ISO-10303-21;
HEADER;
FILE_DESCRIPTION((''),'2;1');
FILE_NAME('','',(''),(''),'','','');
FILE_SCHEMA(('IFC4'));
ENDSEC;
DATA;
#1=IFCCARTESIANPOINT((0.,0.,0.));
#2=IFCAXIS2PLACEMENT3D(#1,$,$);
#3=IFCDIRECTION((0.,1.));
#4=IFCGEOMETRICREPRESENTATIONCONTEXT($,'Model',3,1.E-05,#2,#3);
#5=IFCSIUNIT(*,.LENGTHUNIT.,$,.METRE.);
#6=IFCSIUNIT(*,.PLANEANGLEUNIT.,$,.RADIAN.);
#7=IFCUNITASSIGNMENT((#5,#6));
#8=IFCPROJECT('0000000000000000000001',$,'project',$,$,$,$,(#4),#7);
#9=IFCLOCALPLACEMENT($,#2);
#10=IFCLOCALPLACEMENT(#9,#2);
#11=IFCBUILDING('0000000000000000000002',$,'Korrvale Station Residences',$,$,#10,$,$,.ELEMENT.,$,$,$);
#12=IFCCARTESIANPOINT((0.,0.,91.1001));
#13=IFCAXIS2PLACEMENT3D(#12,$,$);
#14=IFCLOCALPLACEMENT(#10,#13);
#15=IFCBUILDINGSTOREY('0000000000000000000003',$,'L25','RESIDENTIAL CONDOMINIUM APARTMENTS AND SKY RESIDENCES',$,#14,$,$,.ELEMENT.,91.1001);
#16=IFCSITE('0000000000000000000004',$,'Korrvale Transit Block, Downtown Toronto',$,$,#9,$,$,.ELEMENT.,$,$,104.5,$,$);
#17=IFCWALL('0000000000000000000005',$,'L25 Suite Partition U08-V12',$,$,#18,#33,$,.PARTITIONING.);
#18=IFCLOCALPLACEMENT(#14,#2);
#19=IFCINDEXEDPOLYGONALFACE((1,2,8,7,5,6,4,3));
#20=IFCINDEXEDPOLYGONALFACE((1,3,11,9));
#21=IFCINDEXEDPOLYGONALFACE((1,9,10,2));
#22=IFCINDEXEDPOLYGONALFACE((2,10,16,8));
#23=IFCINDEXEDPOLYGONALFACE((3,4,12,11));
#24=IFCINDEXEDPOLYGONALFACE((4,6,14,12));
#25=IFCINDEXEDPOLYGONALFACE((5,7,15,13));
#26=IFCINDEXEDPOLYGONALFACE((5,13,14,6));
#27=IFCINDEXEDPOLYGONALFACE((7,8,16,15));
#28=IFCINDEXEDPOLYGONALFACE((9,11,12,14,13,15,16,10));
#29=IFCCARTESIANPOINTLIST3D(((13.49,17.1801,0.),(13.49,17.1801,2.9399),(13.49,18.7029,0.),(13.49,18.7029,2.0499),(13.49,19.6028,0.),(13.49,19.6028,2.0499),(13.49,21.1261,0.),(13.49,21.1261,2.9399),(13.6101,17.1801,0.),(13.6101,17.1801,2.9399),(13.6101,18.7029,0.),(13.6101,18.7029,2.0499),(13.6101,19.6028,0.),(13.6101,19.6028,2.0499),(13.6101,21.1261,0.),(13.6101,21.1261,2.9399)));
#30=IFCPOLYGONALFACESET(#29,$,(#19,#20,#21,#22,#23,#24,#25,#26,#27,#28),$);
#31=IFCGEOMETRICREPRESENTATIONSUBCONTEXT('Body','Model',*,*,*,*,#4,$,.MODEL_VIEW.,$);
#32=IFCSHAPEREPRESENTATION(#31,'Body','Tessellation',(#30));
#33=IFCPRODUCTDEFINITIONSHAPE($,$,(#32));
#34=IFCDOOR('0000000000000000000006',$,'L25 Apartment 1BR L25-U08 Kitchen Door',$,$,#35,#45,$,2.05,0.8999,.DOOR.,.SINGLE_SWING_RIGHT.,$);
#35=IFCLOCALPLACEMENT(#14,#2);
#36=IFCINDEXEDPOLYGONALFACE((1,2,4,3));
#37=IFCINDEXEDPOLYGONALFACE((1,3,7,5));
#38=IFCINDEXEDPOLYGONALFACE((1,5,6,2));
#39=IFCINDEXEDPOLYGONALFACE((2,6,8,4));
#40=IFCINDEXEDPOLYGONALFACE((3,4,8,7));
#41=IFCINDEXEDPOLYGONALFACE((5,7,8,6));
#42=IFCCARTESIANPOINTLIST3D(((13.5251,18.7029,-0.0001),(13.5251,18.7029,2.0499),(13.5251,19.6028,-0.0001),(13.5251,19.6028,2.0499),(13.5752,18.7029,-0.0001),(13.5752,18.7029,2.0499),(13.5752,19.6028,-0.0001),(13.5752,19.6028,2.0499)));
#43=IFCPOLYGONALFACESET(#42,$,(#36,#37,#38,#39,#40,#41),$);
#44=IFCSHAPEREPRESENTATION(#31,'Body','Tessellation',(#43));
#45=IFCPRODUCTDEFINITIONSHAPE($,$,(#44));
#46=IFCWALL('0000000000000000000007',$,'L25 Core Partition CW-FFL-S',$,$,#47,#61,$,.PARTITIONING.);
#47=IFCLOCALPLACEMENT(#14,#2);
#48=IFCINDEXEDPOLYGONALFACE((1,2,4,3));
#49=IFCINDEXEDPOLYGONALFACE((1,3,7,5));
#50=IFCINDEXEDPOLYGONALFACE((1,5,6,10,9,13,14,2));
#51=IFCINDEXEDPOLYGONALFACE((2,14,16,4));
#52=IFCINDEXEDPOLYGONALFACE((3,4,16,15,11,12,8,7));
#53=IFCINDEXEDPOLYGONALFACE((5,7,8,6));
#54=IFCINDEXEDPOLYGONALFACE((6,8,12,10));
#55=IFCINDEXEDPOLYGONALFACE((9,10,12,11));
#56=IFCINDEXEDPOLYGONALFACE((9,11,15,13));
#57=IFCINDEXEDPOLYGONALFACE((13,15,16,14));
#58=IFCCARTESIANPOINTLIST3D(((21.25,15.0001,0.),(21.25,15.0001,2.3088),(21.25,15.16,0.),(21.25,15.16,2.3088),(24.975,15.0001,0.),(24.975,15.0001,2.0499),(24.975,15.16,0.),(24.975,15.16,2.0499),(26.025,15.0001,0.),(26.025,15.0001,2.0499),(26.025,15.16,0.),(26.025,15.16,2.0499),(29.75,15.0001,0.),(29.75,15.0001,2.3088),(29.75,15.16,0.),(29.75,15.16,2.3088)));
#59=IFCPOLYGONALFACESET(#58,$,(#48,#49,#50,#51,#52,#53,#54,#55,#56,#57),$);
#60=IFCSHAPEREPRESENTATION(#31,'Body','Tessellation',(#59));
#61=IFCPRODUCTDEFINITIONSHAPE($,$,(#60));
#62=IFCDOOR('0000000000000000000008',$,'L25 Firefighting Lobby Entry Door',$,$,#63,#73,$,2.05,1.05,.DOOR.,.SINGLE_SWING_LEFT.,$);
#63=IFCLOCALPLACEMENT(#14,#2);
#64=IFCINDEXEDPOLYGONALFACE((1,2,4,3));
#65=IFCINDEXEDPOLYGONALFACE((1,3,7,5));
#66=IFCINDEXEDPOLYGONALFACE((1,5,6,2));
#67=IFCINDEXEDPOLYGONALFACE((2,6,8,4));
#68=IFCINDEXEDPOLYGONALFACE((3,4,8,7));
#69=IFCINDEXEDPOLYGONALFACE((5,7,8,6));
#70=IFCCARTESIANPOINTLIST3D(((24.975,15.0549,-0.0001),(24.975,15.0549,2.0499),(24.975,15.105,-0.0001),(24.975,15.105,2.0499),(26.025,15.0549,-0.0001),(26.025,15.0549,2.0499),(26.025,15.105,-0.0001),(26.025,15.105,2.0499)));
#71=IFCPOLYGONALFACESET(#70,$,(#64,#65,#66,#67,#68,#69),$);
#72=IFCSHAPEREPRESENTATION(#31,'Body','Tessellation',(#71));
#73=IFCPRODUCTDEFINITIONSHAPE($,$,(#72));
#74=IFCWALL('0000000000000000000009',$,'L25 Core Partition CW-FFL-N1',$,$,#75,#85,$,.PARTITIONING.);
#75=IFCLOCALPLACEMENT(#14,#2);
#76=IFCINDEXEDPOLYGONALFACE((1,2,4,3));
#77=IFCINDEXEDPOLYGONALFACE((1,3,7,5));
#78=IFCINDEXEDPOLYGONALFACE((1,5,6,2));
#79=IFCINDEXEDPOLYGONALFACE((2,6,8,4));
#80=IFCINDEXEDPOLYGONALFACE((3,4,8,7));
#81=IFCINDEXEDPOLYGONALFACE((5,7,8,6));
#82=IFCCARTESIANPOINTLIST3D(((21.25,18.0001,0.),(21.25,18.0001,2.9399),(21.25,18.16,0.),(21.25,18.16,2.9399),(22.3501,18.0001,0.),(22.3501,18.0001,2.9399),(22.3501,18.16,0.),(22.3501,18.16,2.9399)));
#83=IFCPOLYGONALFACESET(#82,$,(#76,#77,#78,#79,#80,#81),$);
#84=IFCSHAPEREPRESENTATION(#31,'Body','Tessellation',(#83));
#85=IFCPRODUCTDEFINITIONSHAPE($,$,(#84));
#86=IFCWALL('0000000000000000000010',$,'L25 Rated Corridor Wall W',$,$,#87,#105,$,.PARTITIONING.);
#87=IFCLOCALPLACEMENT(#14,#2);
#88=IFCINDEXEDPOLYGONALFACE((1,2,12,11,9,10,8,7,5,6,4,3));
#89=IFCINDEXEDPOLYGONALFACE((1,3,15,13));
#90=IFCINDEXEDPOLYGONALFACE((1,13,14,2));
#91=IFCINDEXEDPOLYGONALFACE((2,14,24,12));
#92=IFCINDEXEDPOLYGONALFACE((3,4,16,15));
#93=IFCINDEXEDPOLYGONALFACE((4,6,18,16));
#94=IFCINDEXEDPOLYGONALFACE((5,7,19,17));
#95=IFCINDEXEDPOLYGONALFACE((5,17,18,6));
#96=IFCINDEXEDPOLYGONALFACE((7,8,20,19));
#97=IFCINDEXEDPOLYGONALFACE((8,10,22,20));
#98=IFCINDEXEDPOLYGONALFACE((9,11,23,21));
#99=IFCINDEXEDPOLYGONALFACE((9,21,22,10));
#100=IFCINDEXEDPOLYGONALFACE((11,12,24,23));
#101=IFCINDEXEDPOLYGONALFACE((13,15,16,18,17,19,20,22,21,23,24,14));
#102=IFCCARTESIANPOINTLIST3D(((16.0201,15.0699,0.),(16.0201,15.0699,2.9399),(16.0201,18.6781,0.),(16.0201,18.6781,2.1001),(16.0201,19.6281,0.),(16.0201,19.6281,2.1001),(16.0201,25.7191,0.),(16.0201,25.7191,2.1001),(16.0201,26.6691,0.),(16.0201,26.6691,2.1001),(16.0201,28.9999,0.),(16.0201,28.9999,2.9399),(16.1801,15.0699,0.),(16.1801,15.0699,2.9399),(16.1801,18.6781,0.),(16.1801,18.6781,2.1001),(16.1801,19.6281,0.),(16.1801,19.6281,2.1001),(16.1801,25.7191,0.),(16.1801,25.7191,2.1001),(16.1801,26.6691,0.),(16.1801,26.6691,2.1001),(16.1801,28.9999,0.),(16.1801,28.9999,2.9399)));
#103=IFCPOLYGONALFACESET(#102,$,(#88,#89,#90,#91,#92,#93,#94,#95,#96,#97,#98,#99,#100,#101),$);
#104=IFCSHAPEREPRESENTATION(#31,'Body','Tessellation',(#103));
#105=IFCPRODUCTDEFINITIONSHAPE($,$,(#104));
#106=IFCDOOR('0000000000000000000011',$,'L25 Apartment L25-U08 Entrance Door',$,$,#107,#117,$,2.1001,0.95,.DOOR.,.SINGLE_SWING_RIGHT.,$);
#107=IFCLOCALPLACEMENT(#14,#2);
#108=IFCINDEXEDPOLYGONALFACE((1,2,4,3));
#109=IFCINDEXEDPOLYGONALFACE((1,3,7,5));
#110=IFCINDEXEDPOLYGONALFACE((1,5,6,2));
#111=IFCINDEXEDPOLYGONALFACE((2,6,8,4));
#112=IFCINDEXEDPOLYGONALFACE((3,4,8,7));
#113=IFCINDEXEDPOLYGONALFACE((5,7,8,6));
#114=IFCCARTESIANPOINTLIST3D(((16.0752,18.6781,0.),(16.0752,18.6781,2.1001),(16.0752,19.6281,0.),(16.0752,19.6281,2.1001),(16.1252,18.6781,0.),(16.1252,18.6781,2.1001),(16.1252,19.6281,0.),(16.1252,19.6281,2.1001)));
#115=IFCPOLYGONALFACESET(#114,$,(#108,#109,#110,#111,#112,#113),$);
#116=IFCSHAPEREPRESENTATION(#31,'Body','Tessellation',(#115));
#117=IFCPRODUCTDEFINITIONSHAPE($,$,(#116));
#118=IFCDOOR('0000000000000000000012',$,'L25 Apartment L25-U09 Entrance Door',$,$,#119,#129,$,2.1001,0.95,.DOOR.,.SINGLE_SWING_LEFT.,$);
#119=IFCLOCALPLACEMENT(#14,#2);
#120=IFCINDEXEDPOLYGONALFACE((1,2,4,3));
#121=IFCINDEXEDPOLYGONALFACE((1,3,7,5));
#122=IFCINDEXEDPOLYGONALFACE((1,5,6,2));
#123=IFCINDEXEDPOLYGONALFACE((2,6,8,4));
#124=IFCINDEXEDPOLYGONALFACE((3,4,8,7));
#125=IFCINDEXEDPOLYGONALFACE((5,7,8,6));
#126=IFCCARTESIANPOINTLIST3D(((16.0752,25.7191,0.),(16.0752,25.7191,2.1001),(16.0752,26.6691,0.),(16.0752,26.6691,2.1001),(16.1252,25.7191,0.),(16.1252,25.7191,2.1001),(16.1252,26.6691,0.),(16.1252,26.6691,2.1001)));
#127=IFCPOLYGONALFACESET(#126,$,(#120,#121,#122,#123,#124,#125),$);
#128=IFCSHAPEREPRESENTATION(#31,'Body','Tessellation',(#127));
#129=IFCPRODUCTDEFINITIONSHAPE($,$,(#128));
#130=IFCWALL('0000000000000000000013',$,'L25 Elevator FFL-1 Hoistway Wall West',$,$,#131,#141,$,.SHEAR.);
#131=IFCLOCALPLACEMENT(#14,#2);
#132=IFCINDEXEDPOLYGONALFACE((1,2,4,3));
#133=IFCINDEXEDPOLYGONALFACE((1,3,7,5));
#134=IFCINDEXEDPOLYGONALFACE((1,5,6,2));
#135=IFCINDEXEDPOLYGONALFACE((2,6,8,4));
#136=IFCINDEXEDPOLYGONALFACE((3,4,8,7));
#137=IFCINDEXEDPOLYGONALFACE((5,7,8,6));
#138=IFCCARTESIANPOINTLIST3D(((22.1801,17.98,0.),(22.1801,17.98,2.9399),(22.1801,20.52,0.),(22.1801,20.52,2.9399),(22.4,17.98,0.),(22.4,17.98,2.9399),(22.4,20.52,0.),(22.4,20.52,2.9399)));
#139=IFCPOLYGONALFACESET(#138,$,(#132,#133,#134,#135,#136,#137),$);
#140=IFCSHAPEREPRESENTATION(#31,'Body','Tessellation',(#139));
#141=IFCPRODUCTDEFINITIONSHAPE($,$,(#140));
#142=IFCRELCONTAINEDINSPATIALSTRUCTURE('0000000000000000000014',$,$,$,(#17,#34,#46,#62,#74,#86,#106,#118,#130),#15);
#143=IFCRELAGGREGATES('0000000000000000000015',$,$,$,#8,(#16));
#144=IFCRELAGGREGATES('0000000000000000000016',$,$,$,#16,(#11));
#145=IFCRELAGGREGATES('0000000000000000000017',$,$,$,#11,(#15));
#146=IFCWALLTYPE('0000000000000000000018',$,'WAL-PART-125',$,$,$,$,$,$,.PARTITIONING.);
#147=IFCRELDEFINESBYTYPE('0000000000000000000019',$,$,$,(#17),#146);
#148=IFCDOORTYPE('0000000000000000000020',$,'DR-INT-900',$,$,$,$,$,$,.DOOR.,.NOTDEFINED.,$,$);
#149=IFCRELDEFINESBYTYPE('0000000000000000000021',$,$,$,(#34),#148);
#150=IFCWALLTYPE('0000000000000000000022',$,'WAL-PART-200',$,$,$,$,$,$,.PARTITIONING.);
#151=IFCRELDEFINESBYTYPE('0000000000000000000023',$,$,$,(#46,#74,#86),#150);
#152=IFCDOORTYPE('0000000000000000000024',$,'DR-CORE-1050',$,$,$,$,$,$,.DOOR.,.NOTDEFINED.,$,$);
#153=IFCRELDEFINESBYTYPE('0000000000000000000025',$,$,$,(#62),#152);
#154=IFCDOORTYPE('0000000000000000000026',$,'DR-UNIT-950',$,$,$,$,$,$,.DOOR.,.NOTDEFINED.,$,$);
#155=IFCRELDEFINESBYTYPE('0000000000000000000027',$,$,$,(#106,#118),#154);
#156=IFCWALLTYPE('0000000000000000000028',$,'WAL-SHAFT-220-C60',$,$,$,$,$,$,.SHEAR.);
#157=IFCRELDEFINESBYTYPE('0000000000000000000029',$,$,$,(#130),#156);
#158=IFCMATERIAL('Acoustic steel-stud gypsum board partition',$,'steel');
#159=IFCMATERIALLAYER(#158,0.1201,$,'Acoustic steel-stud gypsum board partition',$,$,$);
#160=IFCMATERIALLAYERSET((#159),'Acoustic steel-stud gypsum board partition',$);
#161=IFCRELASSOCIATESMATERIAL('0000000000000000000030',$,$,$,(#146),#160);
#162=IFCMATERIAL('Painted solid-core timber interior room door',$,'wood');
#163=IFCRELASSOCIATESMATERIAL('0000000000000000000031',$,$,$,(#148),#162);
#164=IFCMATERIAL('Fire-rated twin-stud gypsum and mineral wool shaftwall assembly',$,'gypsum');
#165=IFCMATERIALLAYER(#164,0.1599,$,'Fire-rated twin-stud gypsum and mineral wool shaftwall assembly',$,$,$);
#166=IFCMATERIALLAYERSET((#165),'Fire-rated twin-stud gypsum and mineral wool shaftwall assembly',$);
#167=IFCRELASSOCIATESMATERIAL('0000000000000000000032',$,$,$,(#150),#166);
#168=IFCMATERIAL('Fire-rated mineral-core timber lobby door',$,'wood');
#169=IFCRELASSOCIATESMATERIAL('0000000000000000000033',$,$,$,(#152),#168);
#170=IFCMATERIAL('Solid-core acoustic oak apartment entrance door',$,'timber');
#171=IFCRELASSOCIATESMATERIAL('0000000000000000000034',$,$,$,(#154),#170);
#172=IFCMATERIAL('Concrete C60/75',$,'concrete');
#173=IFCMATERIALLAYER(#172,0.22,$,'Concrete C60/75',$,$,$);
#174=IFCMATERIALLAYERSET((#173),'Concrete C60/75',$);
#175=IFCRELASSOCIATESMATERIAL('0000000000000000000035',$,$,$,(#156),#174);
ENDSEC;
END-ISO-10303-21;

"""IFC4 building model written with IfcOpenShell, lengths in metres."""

from ifc_helpers import new_model, si_unit, direction, frame, frame_2d, origin, place, context, subcontext, project, spatial, rectangle, extrude, material, layer, layer_set, type_object, element, fill, save


model = new_model("IFC4")

# Units and contexts
model_context = context("Model", 3, precision=1e-05, world=origin(), true_north=direction((0.0, 1.0)))
body_context = subcontext(model_context, "Body", "Model", "MODEL_VIEW")
ifc_project = project(units=[si_unit("LENGTHUNIT", "METRE"), si_unit("PLANEANGLEUNIT", "RADIAN")], contexts=[model_context])

# Site, building, storey
site_placement = place(None, origin())
site = spatial("IfcSite", under=ifc_project, at=site_placement, Name="Korrvale Transit Block, Downtown Toronto", CompositionType="ELEMENT", RefElevation=104.5)
building_placement = place(site_placement, origin())
building = spatial("IfcBuilding", under=site, at=building_placement, Name="Korrvale Station Residences", CompositionType="ELEMENT")
storey_placement = place(building_placement, frame((0.0, 0.0, 91.1001)))
storey = spatial("IfcBuildingStorey", under=building, at=storey_placement, Name="L25", Description="RESIDENTIAL CONDOMINIUM APARTMENTS AND SKY RESIDENCES", CompositionType="ELEMENT", Elevation=91.1001)

# Shared definitions
ifc_material_1 = material(Name="Concrete C60/75", Category="concrete")

# Shared definitions
ifc_material_2 = material(Name="Acoustic steel-stud gypsum board partition", Category="steel")
ifc_layer_1 = layer(ifc_material_2, 0.1201, Name="Acoustic steel-stud gypsum board partition")
ifc_layer_set_1 = layer_set([ifc_layer_1], Name="Acoustic steel-stud gypsum board partition")
wall_type_1 = type_object("IfcWallType", Name="WAL-PART-125", PredefinedType="PARTITIONING", material=ifc_layer_set_1)

# Walls, openings, doors
wall_1_placement = place(storey_placement, frame((13.55, 17.1799, 0.0), z_axis=(0.0, 0.0, 1.0), x_axis=(0.0, 1.0, 0.0)))
wall_1 = element("IfcWall", 1, at=wall_1_placement, inside=storey, type_object=wall_type_1, Name="L25 Suite Partition U08-V12", PredefinedType="PARTITIONING", context=body_context, shape_type="SweptSolid", body=[
    extrude(rectangle(XDim=3.946, YDim=0.1201, at=frame_2d((1.9731, 0.0))), origin(), (0.0, 0.0, 1.0), 2.9399),
])
opening_1_placement = place(wall_1_placement, frame((1.5229, 0.0, 0.0)))
opening_1 = element("IfcOpeningElement", 2, at=opening_1_placement, cuts=wall_1, PredefinedType="OPENING", context=body_context, shape_type="SweptSolid", body=[
    extrude(rectangle(XDim=0.8999, YDim=2.05, at=frame_2d((0.45, 1.0249))), frame((0.0, 0.0701, 0.0), z_axis=(0.0, -1.0, 0.0), x_axis=(1.0, 0.0, 0.0)), (0.0, 0.0, 1.0), 0.1401),
])
ifc_material_3 = material(Name="Painted solid-core timber interior room door", Category="wood")
door_type_1 = type_object("IfcDoorType", Name="DR-INT-900", OperationType="NOTDEFINED", PredefinedType="DOOR", material=ifc_material_3)
door_1_placement = place(opening_1_placement, origin())
door_1 = element("IfcDoor", 3, at=door_1_placement, inside=storey, type_object=door_type_1, Name="L25 Apartment 1BR L25-U08 Kitchen Door", OperationType="SINGLE_SWING_RIGHT", OverallHeight=2.05, OverallWidth=0.8999, PredefinedType="DOOR", context=body_context, shape_type="SweptSolid", body=[
    extrude(rectangle(XDim=0.8999, YDim=2.05, at=frame_2d((0.45, 1.0249))), frame((0.0, 0.0249, 0.0), z_axis=(0.0, -1.0, 0.0), x_axis=(1.0, 0.0, 0.0)), (0.0, 0.0, 1.0), 0.05),
])
fill(opening_1, door_1)
ifc_material_4 = material(Name="Fire-rated twin-stud gypsum and mineral wool shaftwall assembly", Category="gypsum")
ifc_layer_2 = layer(ifc_material_4, 0.1599, Name="Fire-rated twin-stud gypsum and mineral wool shaftwall assembly")
ifc_layer_set_2 = layer_set([ifc_layer_2], Name="Fire-rated twin-stud gypsum and mineral wool shaftwall assembly")
wall_type_2 = type_object("IfcWallType", Name="WAL-PART-200", PredefinedType="PARTITIONING", material=ifc_layer_set_2)
wall_2_placement = place(storey_placement, frame((21.25, 15.0801, 0.0), z_axis=(0.0, 0.0, 1.0), x_axis=(1.0, 0.0, 0.0)))
wall_2 = element("IfcWall", 4, at=wall_2_placement, inside=storey, type_object=wall_type_2, Name="L25 Core Partition CW-FFL-S", PredefinedType="PARTITIONING", context=body_context, shape_type="SweptSolid", body=[
    extrude(rectangle(XDim=8.5, YDim=0.1599, at=frame_2d((4.25, 0.0))), origin(), (0.0, 0.0, 1.0), 2.3088),
])
opening_2_placement = place(wall_2_placement, frame((3.7251, 0.0, 0.0)))
opening_2 = element("IfcOpeningElement", 5, at=opening_2_placement, cuts=wall_2, PredefinedType="OPENING", context=body_context, shape_type="SweptSolid", body=[
    extrude(rectangle(XDim=1.05, YDim=2.05, at=frame_2d((0.5249, 1.0249))), frame((0.0, 0.0898, 0.0), z_axis=(0.0, -1.0, 0.0), x_axis=(1.0, 0.0, 0.0)), (0.0, 0.0, 1.0), 0.1799),
])
ifc_material_5 = material(Name="Fire-rated mineral-core timber lobby door", Category="wood")
door_type_2 = type_object("IfcDoorType", Name="DR-CORE-1050", OperationType="NOTDEFINED", PredefinedType="DOOR", material=ifc_material_5)
door_2_placement = place(opening_2_placement, origin())
door_2 = element("IfcDoor", 6, at=door_2_placement, inside=storey, type_object=door_type_2, Name="L25 Firefighting Lobby Entry Door", OperationType="SINGLE_SWING_LEFT", OverallHeight=2.05, OverallWidth=1.05, PredefinedType="DOOR", context=body_context, shape_type="SweptSolid", body=[
    extrude(rectangle(XDim=1.05, YDim=2.05, at=frame_2d((0.5249, 1.0249))), frame((0.0, 0.0249, 0.0), z_axis=(0.0, -1.0, 0.0), x_axis=(1.0, 0.0, 0.0)), (0.0, 0.0, 1.0), 0.05),
])
fill(opening_2, door_2)

# Wall
wall_3_placement = place(storey_placement, frame((21.25, 18.0801, 0.0), z_axis=(0.0, 0.0, 1.0), x_axis=(1.0, 0.0, 0.0)))
element("IfcWall", 7, at=wall_3_placement, inside=storey, type_object=wall_type_2, Name="L25 Core Partition CW-FFL-N1", PredefinedType="PARTITIONING", context=body_context, shape_type="SweptSolid", body=[
    extrude(rectangle(XDim=1.1001, YDim=0.1599, at=frame_2d((0.55, 0.0))), origin(), (0.0, 0.0, 1.0), 2.9399),
])

# Wall, openings, doors
wall_4_placement = place(storey_placement, frame((16.1001, 15.0701, 0.0), z_axis=(0.0, 0.0, 1.0), x_axis=(0.0, 1.0, 0.0)))
wall_4 = element("IfcWall", 8, at=wall_4_placement, inside=storey, type_object=wall_type_2, Name="L25 Rated Corridor Wall W", PredefinedType="PARTITIONING", context=body_context, shape_type="SweptSolid", body=[
    extrude(rectangle(XDim=13.9299, YDim=0.1599, at=frame_2d((6.9648, 0.0))), origin(), (0.0, 0.0, 1.0), 2.9399),
])
opening_3_placement = place(wall_4_placement, frame((3.6079, 0.0, 0.0)))
opening_3 = element("IfcOpeningElement", 9, at=opening_3_placement, cuts=wall_4, PredefinedType="OPENING", context=body_context, shape_type="SweptSolid", body=[
    extrude(rectangle(XDim=0.95, YDim=2.1001, at=frame_2d((0.4751, 1.05))), frame((0.0, 0.0898, 0.0), z_axis=(0.0, -1.0, 0.0), x_axis=(1.0, 0.0, 0.0)), (0.0, 0.0, 1.0), 0.1799),
])
opening_4_placement = place(wall_4_placement, frame((10.6489, 0.0, 0.0)))
opening_4 = element("IfcOpeningElement", 10, at=opening_4_placement, cuts=wall_4, PredefinedType="OPENING", context=body_context, shape_type="SweptSolid", body=[
    extrude(rectangle(XDim=0.95, YDim=2.1001, at=frame_2d((0.4751, 1.05))), frame((0.0, 0.0898, 0.0), z_axis=(0.0, -1.0, 0.0), x_axis=(1.0, 0.0, 0.0)), (0.0, 0.0, 1.0), 0.1799),
])
ifc_material_6 = material(Name="Solid-core acoustic oak apartment entrance door", Category="timber")
door_type_3 = type_object("IfcDoorType", Name="DR-UNIT-950", OperationType="NOTDEFINED", PredefinedType="DOOR", material=ifc_material_6)
door_3_placement = place(opening_3_placement, origin())
door_3 = element("IfcDoor", 11, at=door_3_placement, inside=storey, type_object=door_type_3, Name="L25 Apartment L25-U08 Entrance Door", OperationType="SINGLE_SWING_RIGHT", OverallHeight=2.1001, OverallWidth=0.95, PredefinedType="DOOR", context=body_context, shape_type="SweptSolid", body=[
    extrude(rectangle(XDim=0.95, YDim=2.1001, at=frame_2d((0.4751, 1.05))), frame((0.0, 0.0249, 0.0), z_axis=(0.0, -1.0, 0.0), x_axis=(1.0, 0.0, 0.0)), (0.0, 0.0, 1.0), 0.05),
])
fill(opening_3, door_3)
door_4_placement = place(opening_4_placement, origin())
door_4 = element("IfcDoor", 12, at=door_4_placement, inside=storey, type_object=door_type_3, Name="L25 Apartment L25-U09 Entrance Door", OperationType="SINGLE_SWING_LEFT", OverallHeight=2.1001, OverallWidth=0.95, PredefinedType="DOOR", context=body_context, shape_type="SweptSolid", body=[
    extrude(rectangle(XDim=0.95, YDim=2.1001, at=frame_2d((0.4751, 1.05))), frame((0.0, 0.0249, 0.0), z_axis=(0.0, -1.0, 0.0), x_axis=(1.0, 0.0, 0.0)), (0.0, 0.0, 1.0), 0.05),
])
fill(opening_4, door_4)

# Shared definitions
ifc_layer_3 = layer(ifc_material_1, 0.22, Name="Concrete C60/75")
ifc_layer_set_3 = layer_set([ifc_layer_3], Name="Concrete C60/75")
wall_type_3 = type_object("IfcWallType", Name="WAL-SHAFT-220-C60", PredefinedType="SHEAR", material=ifc_layer_set_3)

# Wall
wall_5_placement = place(storey_placement, frame((22.29, 17.98, 0.0), z_axis=(0.0, 0.0, 1.0), x_axis=(0.0, 1.0, 0.0)))
element("IfcWall", 13, at=wall_5_placement, inside=storey, type_object=wall_type_3, Name="L25 Elevator FFL-1 Hoistway Wall West", PredefinedType="SHEAR", context=body_context, shape_type="SweptSolid", body=[
    extrude(rectangle(XDim=2.54, YDim=0.22, at=frame_2d((1.27, 0.0))), origin(), (0.0, 0.0, 1.0), 2.9399),
])

save(model, "model.ifc")
